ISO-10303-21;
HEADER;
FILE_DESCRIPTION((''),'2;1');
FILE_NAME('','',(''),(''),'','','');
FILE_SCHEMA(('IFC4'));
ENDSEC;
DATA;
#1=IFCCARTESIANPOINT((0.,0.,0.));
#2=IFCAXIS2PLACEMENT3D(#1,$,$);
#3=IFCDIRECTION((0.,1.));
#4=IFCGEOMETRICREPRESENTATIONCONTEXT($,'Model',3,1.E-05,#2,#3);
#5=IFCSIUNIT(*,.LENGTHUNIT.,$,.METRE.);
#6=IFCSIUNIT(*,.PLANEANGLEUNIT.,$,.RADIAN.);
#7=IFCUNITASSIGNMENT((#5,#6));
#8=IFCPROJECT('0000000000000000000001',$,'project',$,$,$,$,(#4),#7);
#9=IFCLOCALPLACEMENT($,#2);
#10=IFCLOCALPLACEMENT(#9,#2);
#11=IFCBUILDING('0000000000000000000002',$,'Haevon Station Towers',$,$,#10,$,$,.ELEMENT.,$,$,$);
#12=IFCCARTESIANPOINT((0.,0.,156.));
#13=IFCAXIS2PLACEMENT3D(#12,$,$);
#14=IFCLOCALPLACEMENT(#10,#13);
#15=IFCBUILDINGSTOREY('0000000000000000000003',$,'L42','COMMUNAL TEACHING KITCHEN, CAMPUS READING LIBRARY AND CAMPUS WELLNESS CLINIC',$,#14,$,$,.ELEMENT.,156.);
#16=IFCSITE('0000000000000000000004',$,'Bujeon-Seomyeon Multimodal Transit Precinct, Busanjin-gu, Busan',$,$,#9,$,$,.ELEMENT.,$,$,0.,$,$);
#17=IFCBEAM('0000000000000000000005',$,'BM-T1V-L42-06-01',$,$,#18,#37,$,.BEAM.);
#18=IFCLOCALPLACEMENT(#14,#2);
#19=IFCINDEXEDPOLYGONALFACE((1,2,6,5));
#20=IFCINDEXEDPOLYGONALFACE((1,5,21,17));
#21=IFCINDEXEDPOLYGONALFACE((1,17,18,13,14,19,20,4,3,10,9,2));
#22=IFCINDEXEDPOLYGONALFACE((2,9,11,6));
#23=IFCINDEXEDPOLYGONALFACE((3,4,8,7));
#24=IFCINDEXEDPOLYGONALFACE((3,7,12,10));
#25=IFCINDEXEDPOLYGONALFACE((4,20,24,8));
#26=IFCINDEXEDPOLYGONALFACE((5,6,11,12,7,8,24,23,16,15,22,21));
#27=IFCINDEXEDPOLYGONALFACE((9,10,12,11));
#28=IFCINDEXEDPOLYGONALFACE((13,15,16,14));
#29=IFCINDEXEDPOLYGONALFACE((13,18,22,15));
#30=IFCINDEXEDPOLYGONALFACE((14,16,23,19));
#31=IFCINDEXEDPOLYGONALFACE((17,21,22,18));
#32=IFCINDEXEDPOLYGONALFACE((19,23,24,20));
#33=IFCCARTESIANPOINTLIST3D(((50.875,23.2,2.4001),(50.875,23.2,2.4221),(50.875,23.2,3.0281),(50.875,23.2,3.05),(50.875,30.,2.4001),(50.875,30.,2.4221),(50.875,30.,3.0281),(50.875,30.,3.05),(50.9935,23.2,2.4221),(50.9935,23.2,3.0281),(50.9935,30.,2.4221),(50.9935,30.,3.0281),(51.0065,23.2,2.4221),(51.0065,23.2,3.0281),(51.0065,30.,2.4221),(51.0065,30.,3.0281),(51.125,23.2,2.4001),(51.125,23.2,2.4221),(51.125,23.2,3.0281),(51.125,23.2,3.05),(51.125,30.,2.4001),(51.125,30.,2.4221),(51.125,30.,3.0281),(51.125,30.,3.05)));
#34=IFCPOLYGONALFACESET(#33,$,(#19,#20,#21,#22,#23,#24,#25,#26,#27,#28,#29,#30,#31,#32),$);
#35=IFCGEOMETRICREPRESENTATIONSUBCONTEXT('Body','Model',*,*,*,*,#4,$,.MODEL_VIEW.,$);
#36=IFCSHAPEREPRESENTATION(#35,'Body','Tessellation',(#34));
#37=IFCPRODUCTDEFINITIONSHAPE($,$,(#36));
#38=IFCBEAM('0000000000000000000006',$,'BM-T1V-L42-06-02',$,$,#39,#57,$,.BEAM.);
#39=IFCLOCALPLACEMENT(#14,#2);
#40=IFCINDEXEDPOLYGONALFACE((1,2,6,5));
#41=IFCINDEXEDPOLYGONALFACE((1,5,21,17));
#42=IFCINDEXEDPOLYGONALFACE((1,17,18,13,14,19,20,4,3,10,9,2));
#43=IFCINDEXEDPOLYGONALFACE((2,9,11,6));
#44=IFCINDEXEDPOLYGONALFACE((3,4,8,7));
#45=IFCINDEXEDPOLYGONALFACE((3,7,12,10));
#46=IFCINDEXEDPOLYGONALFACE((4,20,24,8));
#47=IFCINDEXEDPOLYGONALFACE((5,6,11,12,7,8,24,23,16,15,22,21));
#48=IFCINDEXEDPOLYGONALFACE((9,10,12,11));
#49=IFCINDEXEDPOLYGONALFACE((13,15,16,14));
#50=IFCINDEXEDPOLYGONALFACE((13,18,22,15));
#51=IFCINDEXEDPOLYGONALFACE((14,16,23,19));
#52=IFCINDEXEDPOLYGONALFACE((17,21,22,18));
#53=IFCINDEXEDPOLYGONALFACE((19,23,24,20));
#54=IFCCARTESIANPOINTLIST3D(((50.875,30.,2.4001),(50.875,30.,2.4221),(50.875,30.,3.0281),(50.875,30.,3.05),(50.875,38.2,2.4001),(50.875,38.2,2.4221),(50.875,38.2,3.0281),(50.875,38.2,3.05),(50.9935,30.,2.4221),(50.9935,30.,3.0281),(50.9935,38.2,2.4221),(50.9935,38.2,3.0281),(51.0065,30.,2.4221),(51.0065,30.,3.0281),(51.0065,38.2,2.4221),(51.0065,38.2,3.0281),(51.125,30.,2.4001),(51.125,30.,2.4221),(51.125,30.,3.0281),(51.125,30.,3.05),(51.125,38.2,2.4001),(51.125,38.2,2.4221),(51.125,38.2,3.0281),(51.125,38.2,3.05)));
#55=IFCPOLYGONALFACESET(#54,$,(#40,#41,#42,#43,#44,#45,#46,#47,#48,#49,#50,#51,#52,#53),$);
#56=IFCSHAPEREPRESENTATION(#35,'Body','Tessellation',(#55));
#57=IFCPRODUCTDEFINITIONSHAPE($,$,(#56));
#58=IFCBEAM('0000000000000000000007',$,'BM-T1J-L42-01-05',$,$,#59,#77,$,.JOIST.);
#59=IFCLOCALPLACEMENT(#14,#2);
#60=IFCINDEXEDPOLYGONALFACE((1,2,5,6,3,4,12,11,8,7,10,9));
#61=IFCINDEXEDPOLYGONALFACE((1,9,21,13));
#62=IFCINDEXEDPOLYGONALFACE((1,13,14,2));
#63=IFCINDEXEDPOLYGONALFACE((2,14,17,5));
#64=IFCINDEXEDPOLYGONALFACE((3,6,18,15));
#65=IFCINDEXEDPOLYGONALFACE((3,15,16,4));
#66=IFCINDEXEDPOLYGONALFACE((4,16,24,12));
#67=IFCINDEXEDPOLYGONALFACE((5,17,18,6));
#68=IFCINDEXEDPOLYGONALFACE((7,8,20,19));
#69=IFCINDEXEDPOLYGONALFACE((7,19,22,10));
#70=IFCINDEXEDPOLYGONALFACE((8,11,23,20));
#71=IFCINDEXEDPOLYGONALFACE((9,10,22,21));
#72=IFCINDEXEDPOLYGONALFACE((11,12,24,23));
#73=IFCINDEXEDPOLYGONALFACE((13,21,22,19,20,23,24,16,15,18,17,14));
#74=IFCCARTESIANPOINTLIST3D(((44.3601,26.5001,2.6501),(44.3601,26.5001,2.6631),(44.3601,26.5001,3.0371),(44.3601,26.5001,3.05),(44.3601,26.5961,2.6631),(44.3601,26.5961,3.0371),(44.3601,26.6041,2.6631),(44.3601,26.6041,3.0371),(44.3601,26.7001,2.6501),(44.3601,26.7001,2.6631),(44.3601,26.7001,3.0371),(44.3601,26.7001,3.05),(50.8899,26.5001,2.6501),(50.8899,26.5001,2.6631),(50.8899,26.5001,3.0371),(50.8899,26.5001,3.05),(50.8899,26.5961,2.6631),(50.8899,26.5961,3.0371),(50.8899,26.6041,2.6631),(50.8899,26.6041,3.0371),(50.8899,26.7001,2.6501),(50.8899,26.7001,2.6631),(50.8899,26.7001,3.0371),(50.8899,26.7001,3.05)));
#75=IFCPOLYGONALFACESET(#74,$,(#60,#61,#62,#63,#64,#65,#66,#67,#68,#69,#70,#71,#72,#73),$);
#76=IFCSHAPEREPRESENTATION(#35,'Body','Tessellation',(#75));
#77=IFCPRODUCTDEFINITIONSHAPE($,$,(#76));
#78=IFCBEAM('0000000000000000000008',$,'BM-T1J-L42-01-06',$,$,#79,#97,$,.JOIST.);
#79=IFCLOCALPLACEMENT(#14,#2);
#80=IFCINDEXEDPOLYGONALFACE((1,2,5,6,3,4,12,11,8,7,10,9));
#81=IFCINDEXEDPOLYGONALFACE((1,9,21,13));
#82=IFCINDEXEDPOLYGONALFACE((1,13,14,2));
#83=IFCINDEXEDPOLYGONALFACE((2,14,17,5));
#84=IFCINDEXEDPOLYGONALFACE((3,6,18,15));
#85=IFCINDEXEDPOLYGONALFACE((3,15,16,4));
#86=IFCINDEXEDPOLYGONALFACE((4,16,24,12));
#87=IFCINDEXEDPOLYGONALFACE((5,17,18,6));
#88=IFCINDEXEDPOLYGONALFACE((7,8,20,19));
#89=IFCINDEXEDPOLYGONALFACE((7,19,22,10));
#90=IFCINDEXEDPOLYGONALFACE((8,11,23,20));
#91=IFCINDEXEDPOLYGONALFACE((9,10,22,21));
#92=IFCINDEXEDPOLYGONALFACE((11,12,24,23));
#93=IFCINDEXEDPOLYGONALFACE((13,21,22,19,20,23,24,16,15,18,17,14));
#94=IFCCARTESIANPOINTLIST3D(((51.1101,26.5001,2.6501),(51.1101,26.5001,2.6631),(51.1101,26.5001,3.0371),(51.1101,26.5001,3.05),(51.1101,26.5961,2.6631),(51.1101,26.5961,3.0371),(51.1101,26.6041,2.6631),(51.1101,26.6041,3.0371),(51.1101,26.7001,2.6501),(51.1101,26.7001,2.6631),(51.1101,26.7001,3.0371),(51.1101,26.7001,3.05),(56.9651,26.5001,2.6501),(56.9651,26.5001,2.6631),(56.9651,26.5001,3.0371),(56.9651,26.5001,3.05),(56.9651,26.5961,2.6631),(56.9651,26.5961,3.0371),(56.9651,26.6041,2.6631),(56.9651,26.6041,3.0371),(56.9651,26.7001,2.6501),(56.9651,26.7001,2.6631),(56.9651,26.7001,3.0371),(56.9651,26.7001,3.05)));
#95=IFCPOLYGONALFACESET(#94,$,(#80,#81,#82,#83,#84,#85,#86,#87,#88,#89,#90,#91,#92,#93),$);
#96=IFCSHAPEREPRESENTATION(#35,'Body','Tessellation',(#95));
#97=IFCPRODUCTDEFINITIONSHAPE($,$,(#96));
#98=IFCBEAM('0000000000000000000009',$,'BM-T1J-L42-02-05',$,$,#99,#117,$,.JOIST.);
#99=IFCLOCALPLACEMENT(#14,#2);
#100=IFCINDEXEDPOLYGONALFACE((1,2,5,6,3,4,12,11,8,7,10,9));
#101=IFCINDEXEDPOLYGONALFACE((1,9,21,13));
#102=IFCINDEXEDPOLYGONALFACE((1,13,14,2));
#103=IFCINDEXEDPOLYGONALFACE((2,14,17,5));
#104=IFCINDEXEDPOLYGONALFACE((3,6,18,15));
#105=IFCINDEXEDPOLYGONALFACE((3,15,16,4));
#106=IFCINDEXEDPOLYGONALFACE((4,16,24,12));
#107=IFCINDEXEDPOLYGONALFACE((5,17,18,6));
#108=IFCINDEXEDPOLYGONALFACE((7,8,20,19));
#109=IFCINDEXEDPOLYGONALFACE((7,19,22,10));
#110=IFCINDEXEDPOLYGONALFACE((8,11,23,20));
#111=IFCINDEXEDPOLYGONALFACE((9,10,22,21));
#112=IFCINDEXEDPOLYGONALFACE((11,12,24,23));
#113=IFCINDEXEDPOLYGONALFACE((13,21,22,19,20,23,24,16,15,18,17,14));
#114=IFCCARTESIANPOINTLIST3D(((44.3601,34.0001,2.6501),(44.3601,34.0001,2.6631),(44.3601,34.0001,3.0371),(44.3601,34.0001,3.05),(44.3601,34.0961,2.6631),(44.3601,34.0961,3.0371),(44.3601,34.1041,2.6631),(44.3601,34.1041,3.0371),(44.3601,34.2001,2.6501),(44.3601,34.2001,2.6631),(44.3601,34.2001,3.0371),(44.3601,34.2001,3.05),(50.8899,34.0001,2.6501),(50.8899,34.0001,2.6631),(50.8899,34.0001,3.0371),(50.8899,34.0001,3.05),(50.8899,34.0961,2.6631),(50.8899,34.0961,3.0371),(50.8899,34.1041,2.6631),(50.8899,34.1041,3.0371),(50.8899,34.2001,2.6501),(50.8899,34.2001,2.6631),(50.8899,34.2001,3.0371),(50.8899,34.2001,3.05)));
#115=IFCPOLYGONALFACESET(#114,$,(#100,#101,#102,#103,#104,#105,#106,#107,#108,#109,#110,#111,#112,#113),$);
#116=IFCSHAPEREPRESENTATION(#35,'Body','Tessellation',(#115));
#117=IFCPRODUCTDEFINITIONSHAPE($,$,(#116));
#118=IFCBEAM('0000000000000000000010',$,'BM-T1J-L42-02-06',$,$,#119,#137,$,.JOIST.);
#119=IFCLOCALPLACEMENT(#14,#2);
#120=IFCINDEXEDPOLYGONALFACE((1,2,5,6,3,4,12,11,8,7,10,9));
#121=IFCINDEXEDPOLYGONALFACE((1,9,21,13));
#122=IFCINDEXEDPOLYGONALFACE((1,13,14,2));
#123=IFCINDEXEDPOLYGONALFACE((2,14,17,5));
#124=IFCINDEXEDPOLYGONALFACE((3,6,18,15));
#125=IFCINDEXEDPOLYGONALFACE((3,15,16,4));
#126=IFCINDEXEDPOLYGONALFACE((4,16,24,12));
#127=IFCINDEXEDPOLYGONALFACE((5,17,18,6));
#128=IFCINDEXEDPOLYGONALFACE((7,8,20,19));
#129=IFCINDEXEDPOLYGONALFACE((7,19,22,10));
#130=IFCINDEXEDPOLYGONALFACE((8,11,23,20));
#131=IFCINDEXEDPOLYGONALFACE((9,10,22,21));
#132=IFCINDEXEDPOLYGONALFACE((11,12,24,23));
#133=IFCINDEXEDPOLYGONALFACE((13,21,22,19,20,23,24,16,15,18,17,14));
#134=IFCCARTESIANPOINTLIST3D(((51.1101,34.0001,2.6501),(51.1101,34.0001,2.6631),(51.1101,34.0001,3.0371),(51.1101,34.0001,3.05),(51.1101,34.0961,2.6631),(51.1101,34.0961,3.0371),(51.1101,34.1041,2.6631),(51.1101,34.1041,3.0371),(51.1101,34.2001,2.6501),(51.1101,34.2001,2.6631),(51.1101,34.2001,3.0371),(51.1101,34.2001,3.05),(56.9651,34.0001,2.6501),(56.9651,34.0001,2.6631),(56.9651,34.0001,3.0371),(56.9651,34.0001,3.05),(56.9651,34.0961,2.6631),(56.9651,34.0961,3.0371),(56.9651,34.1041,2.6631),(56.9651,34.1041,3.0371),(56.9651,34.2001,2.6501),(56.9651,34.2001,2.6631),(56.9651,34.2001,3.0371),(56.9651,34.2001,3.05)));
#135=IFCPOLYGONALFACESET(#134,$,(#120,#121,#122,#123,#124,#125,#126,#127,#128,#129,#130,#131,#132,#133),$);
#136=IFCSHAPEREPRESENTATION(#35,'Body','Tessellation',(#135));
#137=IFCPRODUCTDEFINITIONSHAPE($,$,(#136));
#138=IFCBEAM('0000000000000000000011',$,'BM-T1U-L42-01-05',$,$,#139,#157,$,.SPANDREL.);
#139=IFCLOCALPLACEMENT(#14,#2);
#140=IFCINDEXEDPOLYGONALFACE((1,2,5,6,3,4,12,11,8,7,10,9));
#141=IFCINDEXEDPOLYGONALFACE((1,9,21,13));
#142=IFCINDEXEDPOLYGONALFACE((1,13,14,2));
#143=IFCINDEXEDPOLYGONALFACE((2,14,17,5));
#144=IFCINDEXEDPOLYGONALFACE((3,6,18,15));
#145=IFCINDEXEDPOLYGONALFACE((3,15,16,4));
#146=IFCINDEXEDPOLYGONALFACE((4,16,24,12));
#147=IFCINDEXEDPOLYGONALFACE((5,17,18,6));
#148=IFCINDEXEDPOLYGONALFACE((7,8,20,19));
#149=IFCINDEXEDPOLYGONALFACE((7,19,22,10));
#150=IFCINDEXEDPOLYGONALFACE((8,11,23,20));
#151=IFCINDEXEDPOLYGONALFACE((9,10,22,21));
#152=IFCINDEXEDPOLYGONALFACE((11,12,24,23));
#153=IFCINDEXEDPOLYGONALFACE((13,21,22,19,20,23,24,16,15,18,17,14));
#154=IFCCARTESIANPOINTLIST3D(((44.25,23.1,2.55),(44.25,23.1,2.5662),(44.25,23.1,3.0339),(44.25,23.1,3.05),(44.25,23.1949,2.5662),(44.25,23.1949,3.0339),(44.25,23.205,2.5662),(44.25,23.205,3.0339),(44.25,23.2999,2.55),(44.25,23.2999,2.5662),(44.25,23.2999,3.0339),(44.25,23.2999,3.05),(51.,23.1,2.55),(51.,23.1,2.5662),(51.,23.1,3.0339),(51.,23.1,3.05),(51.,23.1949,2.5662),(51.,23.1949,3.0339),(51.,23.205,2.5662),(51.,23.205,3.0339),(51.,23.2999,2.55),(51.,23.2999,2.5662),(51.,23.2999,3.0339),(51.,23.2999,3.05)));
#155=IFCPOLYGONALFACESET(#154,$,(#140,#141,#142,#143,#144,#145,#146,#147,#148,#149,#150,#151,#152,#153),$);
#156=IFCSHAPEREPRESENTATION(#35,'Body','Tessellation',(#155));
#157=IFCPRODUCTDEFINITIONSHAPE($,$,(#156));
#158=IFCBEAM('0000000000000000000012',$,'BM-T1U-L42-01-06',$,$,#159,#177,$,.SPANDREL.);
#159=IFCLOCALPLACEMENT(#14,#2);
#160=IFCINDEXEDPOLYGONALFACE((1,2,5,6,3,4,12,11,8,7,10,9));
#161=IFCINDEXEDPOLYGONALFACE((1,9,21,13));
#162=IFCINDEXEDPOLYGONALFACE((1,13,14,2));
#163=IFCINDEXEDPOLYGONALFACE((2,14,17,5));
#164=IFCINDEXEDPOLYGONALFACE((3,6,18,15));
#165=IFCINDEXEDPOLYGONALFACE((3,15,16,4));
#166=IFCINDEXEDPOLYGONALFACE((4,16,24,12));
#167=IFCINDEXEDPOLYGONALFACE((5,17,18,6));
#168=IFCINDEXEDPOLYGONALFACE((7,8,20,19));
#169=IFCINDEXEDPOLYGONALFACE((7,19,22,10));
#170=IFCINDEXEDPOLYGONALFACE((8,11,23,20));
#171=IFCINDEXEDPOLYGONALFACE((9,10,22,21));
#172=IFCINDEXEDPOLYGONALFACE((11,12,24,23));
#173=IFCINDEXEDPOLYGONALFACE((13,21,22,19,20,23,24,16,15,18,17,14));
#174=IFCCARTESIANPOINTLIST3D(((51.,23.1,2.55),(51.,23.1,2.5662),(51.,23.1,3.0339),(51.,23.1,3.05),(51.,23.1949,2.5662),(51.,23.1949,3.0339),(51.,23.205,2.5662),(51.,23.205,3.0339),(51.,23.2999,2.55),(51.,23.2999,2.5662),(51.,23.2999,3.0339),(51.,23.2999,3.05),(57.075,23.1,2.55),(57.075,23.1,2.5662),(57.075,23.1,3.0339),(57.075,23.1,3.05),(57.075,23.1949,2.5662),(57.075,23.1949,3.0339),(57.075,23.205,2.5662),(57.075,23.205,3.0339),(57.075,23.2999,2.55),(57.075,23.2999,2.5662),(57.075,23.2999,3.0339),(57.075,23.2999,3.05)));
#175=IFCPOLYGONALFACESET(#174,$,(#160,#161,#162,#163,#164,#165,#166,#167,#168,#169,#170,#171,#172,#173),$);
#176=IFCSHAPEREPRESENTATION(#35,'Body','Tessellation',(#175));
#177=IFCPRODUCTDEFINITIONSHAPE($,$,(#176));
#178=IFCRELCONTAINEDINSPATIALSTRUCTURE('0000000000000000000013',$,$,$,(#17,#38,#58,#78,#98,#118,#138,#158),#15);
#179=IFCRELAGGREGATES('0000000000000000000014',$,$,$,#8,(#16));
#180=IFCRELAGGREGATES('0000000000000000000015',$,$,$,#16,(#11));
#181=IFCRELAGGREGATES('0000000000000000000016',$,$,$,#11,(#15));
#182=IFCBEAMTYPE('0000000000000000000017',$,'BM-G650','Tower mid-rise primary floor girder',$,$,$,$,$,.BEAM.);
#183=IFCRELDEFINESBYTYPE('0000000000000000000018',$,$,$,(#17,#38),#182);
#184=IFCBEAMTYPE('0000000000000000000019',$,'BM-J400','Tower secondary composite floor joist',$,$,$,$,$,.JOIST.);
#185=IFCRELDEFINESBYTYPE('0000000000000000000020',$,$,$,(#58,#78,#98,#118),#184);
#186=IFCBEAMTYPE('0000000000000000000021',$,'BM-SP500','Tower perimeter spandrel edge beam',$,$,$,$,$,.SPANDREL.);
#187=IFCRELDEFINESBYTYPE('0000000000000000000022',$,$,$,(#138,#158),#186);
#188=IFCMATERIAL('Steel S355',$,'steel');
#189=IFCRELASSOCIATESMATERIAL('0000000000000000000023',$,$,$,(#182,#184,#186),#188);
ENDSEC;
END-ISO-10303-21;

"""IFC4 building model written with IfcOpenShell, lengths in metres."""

from ifc_helpers import new_model, si_unit, direction, frame, origin, origin_2d, place, context, subcontext, project, spatial, i_section, extrude, material, material_profile, profile_set, type_object, element, save


model = new_model("IFC4")

# Units and contexts
model_context = context("Model", 3, precision=1e-05, world=origin(), true_north=direction((0.0, 1.0)))
body_context = subcontext(model_context, "Body", "Model", "MODEL_VIEW")
ifc_project = project(units=[si_unit("LENGTHUNIT", "METRE"), si_unit("PLANEANGLEUNIT", "RADIAN")], contexts=[model_context])

# Site, building, storey
site_placement = place(None, origin())
site = spatial("IfcSite", under=ifc_project, at=site_placement, Name="Bujeon-Seomyeon Multimodal Transit Precinct, Busanjin-gu, Busan", CompositionType="ELEMENT", RefElevation=0.0)
building_placement = place(site_placement, origin())
building = spatial("IfcBuilding", under=site, at=building_placement, Name="Haevon Station Towers", CompositionType="ELEMENT")
storey_placement = place(building_placement, frame((0.0, 0.0, 156.0)))
storey = spatial("IfcBuildingStorey", under=building, at=storey_placement, Name="L42", Description="COMMUNAL TEACHING KITCHEN, CAMPUS READING LIBRARY AND CAMPUS WELLNESS CLINIC", CompositionType="ELEMENT", Elevation=156.0)

# Shared definitions
ifc_material_1 = material(Name="Steel S355", Category="steel")

# Beams
ifc_material_profile_1 = material_profile(ifc_material_1, i_section(OverallWidth=0.25, OverallDepth=0.6499, WebThickness=0.0129, FlangeThickness=0.022, at=origin_2d()), Name="H-650x250x13x22")
ifc_profile_set_1 = profile_set([ifc_material_profile_1], Name="Steel S355")
beam_type_1 = type_object("IfcBeamType", Name="BM-G650", Description="Tower mid-rise primary floor girder", PredefinedType="BEAM", material=ifc_profile_set_1)
beam_1_placement = place(storey_placement, frame((51.0, 23.2, 2.7251), z_axis=(0.0, 1.0, 0.0), x_axis=(-1.0, 0.0, 0.0)))
element("IfcBeam", 1, at=beam_1_placement, inside=storey, type_object=beam_type_1, Name="BM-T1V-L42-06-01", PredefinedType="BEAM", context=body_context, shape_type="SweptSolid", body=[
    extrude(i_section(OverallWidth=0.25, OverallDepth=0.6499, WebThickness=0.0129, FlangeThickness=0.022, at=origin_2d()), origin(), (0.0, 0.0, 1.0), 6.8),
])
beam_2_placement = place(storey_placement, frame((51.0, 30.0, 2.7251), z_axis=(0.0, 1.0, 0.0), x_axis=(-1.0, 0.0, 0.0)))
element("IfcBeam", 2, at=beam_2_placement, inside=storey, type_object=beam_type_1, Name="BM-T1V-L42-06-02", PredefinedType="BEAM", context=body_context, shape_type="SweptSolid", body=[
    extrude(i_section(OverallWidth=0.25, OverallDepth=0.6499, WebThickness=0.0129, FlangeThickness=0.022, at=origin_2d()), origin(), (0.0, 0.0, 1.0), 8.2),
])
ifc_material_profile_2 = material_profile(ifc_material_1, i_section(OverallWidth=0.2, OverallDepth=0.3999, WebThickness=0.0081, FlangeThickness=0.0129, at=origin_2d()), Name="H-400x200x8x13")
ifc_profile_set_2 = profile_set([ifc_material_profile_2], Name="Steel S355")
beam_type_2 = type_object("IfcBeamType", Name="BM-J400", Description="Tower secondary composite floor joist", PredefinedType="JOIST", material=ifc_profile_set_2)
beam_3_placement = place(storey_placement, frame((44.3601, 26.6001, 2.8501), z_axis=(1.0, 0.0, 0.0), x_axis=(0.0, 1.0, 0.0)))
element("IfcBeam", 3, at=beam_3_placement, inside=storey, type_object=beam_type_2, Name="BM-T1J-L42-01-05", PredefinedType="JOIST", context=body_context, shape_type="SweptSolid", body=[
    extrude(i_section(OverallWidth=0.2, OverallDepth=0.3999, WebThickness=0.0081, FlangeThickness=0.0129, at=origin_2d()), origin(), (0.0, 0.0, 1.0), 6.5298),
])
beam_4_placement = place(storey_placement, frame((51.1101, 26.6001, 2.8501), z_axis=(1.0, 0.0, 0.0), x_axis=(0.0, 1.0, 0.0)))
element("IfcBeam", 4, at=beam_4_placement, inside=storey, type_object=beam_type_2, Name="BM-T1J-L42-01-06", PredefinedType="JOIST", context=body_context, shape_type="SweptSolid", body=[
    extrude(i_section(OverallWidth=0.2, OverallDepth=0.3999, WebThickness=0.0081, FlangeThickness=0.0129, at=origin_2d()), origin(), (0.0, 0.0, 1.0), 5.855),
])
beam_5_placement = place(storey_placement, frame((44.3601, 34.1001, 2.8501), z_axis=(1.0, 0.0, 0.0), x_axis=(0.0, 1.0, 0.0)))
element("IfcBeam", 5, at=beam_5_placement, inside=storey, type_object=beam_type_2, Name="BM-T1J-L42-02-05", PredefinedType="JOIST", context=body_context, shape_type="SweptSolid", body=[
    extrude(i_section(OverallWidth=0.2, OverallDepth=0.3999, WebThickness=0.0081, FlangeThickness=0.0129, at=origin_2d()), origin(), (0.0, 0.0, 1.0), 6.5298),
])
beam_6_placement = place(storey_placement, frame((51.1101, 34.1001, 2.8501), z_axis=(1.0, 0.0, 0.0), x_axis=(0.0, 1.0, 0.0)))
element("IfcBeam", 6, at=beam_6_placement, inside=storey, type_object=beam_type_2, Name="BM-T1J-L42-02-06", PredefinedType="JOIST", context=body_context, shape_type="SweptSolid", body=[
    extrude(i_section(OverallWidth=0.2, OverallDepth=0.3999, WebThickness=0.0081, FlangeThickness=0.0129, at=origin_2d()), origin(), (0.0, 0.0, 1.0), 5.855),
])
ifc_material_profile_3 = material_profile(ifc_material_1, i_section(OverallWidth=0.2, OverallDepth=0.5, WebThickness=0.01, FlangeThickness=0.0161, at=origin_2d()), Name="H-500x200x10x16")
ifc_profile_set_3 = profile_set([ifc_material_profile_3], Name="Steel S355")
beam_type_3 = type_object("IfcBeamType", Name="BM-SP500", Description="Tower perimeter spandrel edge beam", PredefinedType="SPANDREL", material=ifc_profile_set_3)
beam_7_placement = place(storey_placement, frame((44.25, 23.2, 2.8), z_axis=(1.0, 0.0, 0.0), x_axis=(0.0, 1.0, 0.0)))
element("IfcBeam", 7, at=beam_7_placement, inside=storey, type_object=beam_type_3, Name="BM-T1U-L42-01-05", PredefinedType="SPANDREL", context=body_context, shape_type="SweptSolid", body=[
    extrude(i_section(OverallWidth=0.2, OverallDepth=0.5, WebThickness=0.01, FlangeThickness=0.0161, at=origin_2d()), origin(), (0.0, 0.0, 1.0), 6.75),
])
beam_8_placement = place(storey_placement, frame((51.0, 23.2, 2.8), z_axis=(1.0, 0.0, 0.0), x_axis=(0.0, 1.0, 0.0)))
element("IfcBeam", 8, at=beam_8_placement, inside=storey, type_object=beam_type_3, Name="BM-T1U-L42-01-06", PredefinedType="SPANDREL", context=body_context, shape_type="SweptSolid", body=[
    extrude(i_section(OverallWidth=0.2, OverallDepth=0.5, WebThickness=0.01, FlangeThickness=0.0161, at=origin_2d()), origin(), (0.0, 0.0, 1.0), 6.075),
])

save(model, "model.ifc")
